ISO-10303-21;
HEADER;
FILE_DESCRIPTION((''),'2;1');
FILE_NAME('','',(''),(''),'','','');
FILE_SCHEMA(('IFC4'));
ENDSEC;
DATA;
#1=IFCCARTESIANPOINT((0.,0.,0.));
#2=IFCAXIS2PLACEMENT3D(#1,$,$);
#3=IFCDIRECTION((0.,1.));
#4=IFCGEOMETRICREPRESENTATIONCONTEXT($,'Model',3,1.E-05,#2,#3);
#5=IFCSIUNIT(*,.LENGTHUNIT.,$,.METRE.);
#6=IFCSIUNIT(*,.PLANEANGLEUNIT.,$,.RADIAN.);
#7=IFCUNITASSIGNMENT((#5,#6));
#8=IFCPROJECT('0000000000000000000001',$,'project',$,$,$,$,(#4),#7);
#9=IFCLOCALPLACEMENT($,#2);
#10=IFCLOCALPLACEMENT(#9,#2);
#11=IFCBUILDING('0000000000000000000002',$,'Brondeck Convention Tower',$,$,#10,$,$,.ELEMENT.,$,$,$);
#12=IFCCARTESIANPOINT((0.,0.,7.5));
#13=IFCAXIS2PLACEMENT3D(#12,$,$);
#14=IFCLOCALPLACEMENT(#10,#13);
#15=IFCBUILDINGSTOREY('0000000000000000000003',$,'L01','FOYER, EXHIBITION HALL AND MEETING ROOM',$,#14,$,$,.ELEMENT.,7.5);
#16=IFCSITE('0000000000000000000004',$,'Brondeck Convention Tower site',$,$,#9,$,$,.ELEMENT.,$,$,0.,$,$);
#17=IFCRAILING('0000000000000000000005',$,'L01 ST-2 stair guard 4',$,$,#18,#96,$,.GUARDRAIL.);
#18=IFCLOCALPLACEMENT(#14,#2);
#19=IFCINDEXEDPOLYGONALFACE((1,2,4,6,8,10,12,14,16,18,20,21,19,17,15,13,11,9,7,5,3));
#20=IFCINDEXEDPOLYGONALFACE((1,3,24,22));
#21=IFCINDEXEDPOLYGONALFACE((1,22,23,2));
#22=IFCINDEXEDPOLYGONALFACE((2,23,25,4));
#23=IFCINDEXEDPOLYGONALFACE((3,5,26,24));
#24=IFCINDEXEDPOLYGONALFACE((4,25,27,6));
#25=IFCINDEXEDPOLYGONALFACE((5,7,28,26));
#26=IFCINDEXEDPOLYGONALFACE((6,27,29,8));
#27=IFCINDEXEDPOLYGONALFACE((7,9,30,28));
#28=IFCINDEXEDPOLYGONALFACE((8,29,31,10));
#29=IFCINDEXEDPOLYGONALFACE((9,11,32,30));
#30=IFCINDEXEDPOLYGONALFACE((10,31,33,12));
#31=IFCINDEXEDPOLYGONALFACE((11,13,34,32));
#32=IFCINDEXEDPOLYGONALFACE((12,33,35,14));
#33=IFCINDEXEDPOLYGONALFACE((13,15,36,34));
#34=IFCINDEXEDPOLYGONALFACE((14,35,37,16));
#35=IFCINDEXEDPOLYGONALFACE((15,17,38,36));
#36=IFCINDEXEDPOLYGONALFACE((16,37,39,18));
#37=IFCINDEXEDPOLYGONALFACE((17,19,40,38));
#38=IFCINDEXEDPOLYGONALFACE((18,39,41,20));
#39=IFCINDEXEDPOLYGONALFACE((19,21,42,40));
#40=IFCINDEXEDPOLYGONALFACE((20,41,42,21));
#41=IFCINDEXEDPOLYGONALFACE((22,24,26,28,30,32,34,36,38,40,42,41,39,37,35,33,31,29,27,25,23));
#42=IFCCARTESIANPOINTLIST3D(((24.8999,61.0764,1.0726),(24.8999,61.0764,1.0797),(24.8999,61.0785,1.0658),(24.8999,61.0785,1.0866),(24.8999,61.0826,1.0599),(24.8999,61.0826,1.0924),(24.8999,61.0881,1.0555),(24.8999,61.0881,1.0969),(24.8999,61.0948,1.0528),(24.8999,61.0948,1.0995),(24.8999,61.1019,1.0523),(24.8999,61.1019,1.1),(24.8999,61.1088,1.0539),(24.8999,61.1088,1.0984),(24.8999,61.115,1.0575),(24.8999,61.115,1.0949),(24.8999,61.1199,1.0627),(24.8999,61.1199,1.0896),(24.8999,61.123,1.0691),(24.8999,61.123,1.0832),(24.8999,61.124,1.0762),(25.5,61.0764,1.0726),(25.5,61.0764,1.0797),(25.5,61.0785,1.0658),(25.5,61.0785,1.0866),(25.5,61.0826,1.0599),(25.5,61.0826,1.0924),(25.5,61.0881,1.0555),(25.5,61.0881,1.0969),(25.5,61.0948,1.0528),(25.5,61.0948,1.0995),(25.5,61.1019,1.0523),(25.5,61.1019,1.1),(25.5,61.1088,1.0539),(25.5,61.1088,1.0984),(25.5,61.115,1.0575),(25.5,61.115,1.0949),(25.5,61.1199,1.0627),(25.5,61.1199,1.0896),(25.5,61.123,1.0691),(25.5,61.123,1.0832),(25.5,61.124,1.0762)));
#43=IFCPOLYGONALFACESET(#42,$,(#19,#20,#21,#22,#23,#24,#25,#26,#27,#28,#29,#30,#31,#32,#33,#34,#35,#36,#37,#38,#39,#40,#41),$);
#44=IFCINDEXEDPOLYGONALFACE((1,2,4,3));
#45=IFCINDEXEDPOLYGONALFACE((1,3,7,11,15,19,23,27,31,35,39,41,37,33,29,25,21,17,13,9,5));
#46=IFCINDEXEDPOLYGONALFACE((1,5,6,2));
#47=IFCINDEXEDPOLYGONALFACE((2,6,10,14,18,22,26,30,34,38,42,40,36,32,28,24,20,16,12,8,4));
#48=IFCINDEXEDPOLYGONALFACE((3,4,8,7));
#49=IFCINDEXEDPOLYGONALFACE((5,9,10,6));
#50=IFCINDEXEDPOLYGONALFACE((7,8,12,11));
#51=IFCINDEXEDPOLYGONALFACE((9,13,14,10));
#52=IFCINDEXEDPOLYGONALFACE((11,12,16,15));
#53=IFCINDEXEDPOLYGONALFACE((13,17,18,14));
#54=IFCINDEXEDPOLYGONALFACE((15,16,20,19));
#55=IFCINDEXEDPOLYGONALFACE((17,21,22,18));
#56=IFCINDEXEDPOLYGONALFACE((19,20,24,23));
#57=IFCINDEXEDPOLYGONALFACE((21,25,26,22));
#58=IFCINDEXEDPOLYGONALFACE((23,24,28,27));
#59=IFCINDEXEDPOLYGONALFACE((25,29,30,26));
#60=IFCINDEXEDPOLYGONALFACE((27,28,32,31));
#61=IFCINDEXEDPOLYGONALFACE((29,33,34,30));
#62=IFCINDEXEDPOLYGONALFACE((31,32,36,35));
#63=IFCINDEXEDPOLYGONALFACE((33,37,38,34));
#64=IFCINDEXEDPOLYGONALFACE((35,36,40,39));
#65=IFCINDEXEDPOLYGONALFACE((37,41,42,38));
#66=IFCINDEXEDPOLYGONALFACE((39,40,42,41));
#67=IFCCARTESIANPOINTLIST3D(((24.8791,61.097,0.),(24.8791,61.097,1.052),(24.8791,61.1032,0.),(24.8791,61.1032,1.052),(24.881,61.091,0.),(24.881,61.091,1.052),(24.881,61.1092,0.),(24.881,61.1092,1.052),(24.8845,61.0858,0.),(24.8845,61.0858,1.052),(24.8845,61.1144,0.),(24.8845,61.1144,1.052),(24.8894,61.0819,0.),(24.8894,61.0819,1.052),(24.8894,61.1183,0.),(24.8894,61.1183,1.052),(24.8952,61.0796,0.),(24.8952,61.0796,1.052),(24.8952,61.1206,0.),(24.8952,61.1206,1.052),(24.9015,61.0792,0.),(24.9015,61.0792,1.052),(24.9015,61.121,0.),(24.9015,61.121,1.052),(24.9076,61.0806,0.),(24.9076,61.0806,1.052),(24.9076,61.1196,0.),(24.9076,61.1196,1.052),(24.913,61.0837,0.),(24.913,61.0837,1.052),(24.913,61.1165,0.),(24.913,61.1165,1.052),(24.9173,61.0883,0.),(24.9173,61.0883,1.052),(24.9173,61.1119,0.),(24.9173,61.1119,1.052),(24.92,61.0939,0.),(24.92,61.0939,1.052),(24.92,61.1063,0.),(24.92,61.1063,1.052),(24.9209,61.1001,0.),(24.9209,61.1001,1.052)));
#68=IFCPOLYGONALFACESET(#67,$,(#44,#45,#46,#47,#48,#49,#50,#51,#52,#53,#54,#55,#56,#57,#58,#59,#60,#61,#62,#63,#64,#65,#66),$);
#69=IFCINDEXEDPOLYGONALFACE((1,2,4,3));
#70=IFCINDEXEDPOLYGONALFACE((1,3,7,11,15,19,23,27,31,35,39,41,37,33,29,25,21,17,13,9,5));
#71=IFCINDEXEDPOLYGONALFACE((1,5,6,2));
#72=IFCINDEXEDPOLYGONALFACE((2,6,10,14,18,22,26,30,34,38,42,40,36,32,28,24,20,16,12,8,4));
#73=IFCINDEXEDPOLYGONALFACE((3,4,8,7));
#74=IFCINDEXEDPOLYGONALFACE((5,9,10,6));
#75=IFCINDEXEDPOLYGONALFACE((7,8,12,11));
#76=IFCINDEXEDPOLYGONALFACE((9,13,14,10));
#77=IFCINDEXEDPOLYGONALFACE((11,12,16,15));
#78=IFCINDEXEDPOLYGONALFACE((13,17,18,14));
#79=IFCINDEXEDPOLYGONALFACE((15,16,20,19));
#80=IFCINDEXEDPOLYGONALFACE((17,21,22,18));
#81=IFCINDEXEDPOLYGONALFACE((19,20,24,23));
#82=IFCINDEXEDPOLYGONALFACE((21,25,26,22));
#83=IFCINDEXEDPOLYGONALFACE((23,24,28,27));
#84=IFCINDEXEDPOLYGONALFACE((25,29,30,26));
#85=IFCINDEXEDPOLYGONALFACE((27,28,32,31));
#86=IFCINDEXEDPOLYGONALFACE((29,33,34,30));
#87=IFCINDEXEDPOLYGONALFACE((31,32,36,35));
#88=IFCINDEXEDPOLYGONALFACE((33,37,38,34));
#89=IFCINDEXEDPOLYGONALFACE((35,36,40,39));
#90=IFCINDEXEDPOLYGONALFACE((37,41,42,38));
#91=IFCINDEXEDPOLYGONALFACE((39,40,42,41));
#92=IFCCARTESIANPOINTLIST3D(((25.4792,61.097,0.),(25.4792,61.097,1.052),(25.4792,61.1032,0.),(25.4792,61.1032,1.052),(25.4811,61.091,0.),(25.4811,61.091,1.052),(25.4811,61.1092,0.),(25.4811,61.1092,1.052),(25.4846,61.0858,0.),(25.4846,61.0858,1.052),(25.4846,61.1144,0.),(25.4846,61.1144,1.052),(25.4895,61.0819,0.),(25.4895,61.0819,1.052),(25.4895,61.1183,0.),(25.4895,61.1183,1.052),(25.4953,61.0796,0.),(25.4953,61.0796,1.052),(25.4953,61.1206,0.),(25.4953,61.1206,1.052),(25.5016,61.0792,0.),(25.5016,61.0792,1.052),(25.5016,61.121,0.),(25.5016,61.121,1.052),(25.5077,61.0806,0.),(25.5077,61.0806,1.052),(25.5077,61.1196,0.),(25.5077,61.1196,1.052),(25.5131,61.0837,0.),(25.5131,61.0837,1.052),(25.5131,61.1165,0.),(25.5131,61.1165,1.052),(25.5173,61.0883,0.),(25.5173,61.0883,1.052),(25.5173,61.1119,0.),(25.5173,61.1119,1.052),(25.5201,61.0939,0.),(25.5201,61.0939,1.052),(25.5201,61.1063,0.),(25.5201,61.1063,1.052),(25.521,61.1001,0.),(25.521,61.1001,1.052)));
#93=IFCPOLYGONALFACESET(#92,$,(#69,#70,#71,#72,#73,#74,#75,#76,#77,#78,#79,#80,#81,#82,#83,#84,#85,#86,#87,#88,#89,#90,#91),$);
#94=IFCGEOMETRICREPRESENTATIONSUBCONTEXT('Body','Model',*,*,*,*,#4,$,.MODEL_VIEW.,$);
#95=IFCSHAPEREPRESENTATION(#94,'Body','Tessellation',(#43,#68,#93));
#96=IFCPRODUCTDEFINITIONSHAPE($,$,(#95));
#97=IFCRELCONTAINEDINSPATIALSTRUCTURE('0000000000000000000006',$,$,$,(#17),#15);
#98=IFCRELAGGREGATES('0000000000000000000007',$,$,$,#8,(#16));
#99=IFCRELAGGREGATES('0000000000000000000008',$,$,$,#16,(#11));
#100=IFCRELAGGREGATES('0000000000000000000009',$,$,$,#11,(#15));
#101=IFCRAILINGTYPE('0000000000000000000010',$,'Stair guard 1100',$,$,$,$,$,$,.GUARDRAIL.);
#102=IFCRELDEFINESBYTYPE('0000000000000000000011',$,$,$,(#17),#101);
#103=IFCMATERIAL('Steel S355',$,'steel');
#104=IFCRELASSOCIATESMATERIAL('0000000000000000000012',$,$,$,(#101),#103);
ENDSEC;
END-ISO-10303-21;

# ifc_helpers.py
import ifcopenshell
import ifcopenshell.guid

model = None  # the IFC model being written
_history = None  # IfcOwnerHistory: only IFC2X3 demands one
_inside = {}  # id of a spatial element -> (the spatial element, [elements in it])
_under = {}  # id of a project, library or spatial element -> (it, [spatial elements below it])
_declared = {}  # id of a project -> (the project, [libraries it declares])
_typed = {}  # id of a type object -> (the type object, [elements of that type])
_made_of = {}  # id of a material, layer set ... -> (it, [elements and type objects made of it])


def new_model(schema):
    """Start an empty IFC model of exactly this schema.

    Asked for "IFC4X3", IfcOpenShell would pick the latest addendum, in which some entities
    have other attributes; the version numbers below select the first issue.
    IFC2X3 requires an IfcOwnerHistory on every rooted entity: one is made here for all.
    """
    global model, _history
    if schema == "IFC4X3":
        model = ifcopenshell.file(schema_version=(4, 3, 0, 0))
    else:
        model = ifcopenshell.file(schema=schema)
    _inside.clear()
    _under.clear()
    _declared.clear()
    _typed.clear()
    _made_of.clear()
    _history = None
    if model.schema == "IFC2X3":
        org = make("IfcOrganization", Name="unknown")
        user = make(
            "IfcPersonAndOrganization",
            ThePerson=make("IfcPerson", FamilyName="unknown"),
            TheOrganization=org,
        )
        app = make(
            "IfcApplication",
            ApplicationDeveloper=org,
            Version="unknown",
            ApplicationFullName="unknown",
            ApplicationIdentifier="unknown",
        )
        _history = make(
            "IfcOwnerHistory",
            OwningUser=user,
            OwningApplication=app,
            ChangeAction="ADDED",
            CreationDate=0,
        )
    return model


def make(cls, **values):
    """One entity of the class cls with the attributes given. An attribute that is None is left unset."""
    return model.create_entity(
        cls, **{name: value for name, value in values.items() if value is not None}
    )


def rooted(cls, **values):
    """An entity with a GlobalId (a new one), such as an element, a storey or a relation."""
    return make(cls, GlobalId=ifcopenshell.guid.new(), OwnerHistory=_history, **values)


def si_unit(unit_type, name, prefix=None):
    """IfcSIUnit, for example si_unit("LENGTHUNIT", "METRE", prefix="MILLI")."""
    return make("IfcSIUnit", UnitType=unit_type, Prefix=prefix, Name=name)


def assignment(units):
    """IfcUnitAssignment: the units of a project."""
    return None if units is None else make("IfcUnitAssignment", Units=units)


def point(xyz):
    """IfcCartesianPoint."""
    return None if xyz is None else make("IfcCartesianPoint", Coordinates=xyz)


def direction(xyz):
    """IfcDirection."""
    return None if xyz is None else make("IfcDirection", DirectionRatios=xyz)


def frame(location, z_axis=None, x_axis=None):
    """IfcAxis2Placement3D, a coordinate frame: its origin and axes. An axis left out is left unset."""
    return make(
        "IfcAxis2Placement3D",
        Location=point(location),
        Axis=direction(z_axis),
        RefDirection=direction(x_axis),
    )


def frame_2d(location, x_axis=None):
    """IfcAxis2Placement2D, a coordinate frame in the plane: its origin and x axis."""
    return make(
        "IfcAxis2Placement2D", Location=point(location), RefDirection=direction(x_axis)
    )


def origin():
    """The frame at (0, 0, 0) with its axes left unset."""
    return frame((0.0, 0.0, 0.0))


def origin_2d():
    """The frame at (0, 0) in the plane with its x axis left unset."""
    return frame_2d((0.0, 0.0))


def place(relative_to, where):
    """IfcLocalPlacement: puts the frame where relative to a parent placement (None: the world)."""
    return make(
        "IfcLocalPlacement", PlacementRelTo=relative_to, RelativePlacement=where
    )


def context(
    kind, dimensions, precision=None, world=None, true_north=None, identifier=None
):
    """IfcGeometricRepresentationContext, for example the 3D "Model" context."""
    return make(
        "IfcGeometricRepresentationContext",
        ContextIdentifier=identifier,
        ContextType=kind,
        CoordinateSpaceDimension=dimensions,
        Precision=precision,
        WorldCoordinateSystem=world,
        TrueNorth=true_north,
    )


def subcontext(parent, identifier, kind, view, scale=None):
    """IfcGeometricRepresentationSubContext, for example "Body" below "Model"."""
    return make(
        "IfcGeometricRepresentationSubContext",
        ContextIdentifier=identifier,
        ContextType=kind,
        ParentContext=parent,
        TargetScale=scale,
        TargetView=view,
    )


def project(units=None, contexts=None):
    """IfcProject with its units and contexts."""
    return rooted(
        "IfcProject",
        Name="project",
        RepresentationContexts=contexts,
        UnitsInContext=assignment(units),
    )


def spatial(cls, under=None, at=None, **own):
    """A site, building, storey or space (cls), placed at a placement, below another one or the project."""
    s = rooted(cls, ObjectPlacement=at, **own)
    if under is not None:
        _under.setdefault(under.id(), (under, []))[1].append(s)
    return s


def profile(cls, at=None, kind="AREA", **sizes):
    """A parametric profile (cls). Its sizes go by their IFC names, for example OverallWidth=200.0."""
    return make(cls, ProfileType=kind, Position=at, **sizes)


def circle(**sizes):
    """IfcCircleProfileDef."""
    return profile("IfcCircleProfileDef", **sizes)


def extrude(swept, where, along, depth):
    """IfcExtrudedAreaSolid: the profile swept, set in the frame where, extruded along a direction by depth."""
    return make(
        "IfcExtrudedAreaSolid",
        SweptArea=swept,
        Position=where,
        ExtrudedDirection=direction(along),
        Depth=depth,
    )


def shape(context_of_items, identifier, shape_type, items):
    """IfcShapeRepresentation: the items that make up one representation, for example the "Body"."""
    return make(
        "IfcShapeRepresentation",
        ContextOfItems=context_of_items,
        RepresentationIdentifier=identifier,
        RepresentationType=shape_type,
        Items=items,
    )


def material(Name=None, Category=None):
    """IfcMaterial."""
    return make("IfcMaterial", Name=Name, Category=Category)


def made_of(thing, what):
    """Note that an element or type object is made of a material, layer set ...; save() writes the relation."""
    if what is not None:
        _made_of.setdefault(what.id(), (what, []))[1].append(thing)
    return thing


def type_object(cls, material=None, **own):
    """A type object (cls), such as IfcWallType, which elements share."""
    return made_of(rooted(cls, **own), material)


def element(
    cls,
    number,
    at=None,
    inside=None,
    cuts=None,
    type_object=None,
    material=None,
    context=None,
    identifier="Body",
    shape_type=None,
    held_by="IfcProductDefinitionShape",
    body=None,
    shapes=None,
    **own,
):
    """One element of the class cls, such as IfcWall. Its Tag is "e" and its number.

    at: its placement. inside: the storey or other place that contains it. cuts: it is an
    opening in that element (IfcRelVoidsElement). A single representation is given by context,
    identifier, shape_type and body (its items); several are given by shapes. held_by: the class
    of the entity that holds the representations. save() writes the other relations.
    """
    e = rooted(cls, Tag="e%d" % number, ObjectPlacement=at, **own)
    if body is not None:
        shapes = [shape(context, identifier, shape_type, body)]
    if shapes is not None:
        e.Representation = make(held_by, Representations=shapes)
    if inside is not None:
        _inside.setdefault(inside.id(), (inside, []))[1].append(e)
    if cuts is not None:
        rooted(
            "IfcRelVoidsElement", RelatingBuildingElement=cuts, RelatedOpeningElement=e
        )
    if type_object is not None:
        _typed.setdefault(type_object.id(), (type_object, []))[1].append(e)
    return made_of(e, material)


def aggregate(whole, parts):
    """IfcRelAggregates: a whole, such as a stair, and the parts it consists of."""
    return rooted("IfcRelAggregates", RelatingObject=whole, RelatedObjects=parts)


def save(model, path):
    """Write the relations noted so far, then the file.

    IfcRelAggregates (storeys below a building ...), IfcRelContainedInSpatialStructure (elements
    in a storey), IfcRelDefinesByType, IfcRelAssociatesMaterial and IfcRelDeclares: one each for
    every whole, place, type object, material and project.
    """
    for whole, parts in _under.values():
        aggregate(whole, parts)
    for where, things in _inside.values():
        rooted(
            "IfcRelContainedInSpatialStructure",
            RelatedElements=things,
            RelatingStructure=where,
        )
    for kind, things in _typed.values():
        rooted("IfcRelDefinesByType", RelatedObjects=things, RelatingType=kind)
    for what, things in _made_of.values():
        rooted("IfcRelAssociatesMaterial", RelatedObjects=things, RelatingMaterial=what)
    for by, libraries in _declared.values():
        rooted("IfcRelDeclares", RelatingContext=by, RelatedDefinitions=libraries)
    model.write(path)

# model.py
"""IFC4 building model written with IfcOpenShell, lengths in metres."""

from ifc_helpers import new_model, si_unit, direction, frame, origin, origin_2d, place, context, subcontext, project, spatial, circle, extrude, material, type_object, element, save


model = new_model("IFC4")

# Units and contexts
model_context = context("Model", 3, precision=1e-05, world=origin(), true_north=direction((0.0, 1.0)))
body_context = subcontext(model_context, "Body", "Model", "MODEL_VIEW")
ifc_project = project(units=[si_unit("LENGTHUNIT", "METRE"), si_unit("PLANEANGLEUNIT", "RADIAN")], contexts=[model_context])

# Site, building, storey
site_placement = place(None, origin())
site = spatial("IfcSite", under=ifc_project, at=site_placement, Name="Brondeck Convention Tower site", CompositionType="ELEMENT", RefElevation=0.0)
building_placement = place(site_placement, origin())
building = spatial("IfcBuilding", under=site, at=building_placement, Name="Brondeck Convention Tower", CompositionType="ELEMENT")
storey_placement = place(building_placement, frame((0.0, 0.0, 7.5)))
storey = spatial("IfcBuildingStorey", under=building, at=storey_placement, Name="L01", Description="FOYER, EXHIBITION HALL AND MEETING ROOM", CompositionType="ELEMENT", Elevation=7.5)

# Shared definitions
ifc_material_1 = material(Name="Steel S355", Category="steel")

# Railing
railing_type_1 = type_object("IfcRailingType", Name="Stair guard 1100", PredefinedType="GUARDRAIL", material=ifc_material_1)
railing_1_placement = place(storey_placement, frame((24.8999, 61.1001, 0.0)))
element("IfcRailing", 1, at=railing_1_placement, inside=storey, type_object=railing_type_1, Name="L01 ST-2 stair guard 4", PredefinedType="GUARDRAIL", context=body_context, shape_type="SweptSolid", body=[
    extrude(circle(Radius=0.0239, at=origin_2d()), frame((0.0, 0.0, 1.0762), z_axis=(1.0, 0.0, 0.0), x_axis=(0.0, 1.0, 0.0)), (0.0, 0.0, 1.0), 0.6001),
    extrude(circle(Radius=0.021, at=origin_2d()), origin(), (0.0, 0.0, 1.0), 1.052),
    extrude(circle(Radius=0.021, at=origin_2d()), frame((0.6001, 0.0, 0.0)), (0.0, 0.0, 1.0), 1.052),
])

save(model, "model.ifc")
